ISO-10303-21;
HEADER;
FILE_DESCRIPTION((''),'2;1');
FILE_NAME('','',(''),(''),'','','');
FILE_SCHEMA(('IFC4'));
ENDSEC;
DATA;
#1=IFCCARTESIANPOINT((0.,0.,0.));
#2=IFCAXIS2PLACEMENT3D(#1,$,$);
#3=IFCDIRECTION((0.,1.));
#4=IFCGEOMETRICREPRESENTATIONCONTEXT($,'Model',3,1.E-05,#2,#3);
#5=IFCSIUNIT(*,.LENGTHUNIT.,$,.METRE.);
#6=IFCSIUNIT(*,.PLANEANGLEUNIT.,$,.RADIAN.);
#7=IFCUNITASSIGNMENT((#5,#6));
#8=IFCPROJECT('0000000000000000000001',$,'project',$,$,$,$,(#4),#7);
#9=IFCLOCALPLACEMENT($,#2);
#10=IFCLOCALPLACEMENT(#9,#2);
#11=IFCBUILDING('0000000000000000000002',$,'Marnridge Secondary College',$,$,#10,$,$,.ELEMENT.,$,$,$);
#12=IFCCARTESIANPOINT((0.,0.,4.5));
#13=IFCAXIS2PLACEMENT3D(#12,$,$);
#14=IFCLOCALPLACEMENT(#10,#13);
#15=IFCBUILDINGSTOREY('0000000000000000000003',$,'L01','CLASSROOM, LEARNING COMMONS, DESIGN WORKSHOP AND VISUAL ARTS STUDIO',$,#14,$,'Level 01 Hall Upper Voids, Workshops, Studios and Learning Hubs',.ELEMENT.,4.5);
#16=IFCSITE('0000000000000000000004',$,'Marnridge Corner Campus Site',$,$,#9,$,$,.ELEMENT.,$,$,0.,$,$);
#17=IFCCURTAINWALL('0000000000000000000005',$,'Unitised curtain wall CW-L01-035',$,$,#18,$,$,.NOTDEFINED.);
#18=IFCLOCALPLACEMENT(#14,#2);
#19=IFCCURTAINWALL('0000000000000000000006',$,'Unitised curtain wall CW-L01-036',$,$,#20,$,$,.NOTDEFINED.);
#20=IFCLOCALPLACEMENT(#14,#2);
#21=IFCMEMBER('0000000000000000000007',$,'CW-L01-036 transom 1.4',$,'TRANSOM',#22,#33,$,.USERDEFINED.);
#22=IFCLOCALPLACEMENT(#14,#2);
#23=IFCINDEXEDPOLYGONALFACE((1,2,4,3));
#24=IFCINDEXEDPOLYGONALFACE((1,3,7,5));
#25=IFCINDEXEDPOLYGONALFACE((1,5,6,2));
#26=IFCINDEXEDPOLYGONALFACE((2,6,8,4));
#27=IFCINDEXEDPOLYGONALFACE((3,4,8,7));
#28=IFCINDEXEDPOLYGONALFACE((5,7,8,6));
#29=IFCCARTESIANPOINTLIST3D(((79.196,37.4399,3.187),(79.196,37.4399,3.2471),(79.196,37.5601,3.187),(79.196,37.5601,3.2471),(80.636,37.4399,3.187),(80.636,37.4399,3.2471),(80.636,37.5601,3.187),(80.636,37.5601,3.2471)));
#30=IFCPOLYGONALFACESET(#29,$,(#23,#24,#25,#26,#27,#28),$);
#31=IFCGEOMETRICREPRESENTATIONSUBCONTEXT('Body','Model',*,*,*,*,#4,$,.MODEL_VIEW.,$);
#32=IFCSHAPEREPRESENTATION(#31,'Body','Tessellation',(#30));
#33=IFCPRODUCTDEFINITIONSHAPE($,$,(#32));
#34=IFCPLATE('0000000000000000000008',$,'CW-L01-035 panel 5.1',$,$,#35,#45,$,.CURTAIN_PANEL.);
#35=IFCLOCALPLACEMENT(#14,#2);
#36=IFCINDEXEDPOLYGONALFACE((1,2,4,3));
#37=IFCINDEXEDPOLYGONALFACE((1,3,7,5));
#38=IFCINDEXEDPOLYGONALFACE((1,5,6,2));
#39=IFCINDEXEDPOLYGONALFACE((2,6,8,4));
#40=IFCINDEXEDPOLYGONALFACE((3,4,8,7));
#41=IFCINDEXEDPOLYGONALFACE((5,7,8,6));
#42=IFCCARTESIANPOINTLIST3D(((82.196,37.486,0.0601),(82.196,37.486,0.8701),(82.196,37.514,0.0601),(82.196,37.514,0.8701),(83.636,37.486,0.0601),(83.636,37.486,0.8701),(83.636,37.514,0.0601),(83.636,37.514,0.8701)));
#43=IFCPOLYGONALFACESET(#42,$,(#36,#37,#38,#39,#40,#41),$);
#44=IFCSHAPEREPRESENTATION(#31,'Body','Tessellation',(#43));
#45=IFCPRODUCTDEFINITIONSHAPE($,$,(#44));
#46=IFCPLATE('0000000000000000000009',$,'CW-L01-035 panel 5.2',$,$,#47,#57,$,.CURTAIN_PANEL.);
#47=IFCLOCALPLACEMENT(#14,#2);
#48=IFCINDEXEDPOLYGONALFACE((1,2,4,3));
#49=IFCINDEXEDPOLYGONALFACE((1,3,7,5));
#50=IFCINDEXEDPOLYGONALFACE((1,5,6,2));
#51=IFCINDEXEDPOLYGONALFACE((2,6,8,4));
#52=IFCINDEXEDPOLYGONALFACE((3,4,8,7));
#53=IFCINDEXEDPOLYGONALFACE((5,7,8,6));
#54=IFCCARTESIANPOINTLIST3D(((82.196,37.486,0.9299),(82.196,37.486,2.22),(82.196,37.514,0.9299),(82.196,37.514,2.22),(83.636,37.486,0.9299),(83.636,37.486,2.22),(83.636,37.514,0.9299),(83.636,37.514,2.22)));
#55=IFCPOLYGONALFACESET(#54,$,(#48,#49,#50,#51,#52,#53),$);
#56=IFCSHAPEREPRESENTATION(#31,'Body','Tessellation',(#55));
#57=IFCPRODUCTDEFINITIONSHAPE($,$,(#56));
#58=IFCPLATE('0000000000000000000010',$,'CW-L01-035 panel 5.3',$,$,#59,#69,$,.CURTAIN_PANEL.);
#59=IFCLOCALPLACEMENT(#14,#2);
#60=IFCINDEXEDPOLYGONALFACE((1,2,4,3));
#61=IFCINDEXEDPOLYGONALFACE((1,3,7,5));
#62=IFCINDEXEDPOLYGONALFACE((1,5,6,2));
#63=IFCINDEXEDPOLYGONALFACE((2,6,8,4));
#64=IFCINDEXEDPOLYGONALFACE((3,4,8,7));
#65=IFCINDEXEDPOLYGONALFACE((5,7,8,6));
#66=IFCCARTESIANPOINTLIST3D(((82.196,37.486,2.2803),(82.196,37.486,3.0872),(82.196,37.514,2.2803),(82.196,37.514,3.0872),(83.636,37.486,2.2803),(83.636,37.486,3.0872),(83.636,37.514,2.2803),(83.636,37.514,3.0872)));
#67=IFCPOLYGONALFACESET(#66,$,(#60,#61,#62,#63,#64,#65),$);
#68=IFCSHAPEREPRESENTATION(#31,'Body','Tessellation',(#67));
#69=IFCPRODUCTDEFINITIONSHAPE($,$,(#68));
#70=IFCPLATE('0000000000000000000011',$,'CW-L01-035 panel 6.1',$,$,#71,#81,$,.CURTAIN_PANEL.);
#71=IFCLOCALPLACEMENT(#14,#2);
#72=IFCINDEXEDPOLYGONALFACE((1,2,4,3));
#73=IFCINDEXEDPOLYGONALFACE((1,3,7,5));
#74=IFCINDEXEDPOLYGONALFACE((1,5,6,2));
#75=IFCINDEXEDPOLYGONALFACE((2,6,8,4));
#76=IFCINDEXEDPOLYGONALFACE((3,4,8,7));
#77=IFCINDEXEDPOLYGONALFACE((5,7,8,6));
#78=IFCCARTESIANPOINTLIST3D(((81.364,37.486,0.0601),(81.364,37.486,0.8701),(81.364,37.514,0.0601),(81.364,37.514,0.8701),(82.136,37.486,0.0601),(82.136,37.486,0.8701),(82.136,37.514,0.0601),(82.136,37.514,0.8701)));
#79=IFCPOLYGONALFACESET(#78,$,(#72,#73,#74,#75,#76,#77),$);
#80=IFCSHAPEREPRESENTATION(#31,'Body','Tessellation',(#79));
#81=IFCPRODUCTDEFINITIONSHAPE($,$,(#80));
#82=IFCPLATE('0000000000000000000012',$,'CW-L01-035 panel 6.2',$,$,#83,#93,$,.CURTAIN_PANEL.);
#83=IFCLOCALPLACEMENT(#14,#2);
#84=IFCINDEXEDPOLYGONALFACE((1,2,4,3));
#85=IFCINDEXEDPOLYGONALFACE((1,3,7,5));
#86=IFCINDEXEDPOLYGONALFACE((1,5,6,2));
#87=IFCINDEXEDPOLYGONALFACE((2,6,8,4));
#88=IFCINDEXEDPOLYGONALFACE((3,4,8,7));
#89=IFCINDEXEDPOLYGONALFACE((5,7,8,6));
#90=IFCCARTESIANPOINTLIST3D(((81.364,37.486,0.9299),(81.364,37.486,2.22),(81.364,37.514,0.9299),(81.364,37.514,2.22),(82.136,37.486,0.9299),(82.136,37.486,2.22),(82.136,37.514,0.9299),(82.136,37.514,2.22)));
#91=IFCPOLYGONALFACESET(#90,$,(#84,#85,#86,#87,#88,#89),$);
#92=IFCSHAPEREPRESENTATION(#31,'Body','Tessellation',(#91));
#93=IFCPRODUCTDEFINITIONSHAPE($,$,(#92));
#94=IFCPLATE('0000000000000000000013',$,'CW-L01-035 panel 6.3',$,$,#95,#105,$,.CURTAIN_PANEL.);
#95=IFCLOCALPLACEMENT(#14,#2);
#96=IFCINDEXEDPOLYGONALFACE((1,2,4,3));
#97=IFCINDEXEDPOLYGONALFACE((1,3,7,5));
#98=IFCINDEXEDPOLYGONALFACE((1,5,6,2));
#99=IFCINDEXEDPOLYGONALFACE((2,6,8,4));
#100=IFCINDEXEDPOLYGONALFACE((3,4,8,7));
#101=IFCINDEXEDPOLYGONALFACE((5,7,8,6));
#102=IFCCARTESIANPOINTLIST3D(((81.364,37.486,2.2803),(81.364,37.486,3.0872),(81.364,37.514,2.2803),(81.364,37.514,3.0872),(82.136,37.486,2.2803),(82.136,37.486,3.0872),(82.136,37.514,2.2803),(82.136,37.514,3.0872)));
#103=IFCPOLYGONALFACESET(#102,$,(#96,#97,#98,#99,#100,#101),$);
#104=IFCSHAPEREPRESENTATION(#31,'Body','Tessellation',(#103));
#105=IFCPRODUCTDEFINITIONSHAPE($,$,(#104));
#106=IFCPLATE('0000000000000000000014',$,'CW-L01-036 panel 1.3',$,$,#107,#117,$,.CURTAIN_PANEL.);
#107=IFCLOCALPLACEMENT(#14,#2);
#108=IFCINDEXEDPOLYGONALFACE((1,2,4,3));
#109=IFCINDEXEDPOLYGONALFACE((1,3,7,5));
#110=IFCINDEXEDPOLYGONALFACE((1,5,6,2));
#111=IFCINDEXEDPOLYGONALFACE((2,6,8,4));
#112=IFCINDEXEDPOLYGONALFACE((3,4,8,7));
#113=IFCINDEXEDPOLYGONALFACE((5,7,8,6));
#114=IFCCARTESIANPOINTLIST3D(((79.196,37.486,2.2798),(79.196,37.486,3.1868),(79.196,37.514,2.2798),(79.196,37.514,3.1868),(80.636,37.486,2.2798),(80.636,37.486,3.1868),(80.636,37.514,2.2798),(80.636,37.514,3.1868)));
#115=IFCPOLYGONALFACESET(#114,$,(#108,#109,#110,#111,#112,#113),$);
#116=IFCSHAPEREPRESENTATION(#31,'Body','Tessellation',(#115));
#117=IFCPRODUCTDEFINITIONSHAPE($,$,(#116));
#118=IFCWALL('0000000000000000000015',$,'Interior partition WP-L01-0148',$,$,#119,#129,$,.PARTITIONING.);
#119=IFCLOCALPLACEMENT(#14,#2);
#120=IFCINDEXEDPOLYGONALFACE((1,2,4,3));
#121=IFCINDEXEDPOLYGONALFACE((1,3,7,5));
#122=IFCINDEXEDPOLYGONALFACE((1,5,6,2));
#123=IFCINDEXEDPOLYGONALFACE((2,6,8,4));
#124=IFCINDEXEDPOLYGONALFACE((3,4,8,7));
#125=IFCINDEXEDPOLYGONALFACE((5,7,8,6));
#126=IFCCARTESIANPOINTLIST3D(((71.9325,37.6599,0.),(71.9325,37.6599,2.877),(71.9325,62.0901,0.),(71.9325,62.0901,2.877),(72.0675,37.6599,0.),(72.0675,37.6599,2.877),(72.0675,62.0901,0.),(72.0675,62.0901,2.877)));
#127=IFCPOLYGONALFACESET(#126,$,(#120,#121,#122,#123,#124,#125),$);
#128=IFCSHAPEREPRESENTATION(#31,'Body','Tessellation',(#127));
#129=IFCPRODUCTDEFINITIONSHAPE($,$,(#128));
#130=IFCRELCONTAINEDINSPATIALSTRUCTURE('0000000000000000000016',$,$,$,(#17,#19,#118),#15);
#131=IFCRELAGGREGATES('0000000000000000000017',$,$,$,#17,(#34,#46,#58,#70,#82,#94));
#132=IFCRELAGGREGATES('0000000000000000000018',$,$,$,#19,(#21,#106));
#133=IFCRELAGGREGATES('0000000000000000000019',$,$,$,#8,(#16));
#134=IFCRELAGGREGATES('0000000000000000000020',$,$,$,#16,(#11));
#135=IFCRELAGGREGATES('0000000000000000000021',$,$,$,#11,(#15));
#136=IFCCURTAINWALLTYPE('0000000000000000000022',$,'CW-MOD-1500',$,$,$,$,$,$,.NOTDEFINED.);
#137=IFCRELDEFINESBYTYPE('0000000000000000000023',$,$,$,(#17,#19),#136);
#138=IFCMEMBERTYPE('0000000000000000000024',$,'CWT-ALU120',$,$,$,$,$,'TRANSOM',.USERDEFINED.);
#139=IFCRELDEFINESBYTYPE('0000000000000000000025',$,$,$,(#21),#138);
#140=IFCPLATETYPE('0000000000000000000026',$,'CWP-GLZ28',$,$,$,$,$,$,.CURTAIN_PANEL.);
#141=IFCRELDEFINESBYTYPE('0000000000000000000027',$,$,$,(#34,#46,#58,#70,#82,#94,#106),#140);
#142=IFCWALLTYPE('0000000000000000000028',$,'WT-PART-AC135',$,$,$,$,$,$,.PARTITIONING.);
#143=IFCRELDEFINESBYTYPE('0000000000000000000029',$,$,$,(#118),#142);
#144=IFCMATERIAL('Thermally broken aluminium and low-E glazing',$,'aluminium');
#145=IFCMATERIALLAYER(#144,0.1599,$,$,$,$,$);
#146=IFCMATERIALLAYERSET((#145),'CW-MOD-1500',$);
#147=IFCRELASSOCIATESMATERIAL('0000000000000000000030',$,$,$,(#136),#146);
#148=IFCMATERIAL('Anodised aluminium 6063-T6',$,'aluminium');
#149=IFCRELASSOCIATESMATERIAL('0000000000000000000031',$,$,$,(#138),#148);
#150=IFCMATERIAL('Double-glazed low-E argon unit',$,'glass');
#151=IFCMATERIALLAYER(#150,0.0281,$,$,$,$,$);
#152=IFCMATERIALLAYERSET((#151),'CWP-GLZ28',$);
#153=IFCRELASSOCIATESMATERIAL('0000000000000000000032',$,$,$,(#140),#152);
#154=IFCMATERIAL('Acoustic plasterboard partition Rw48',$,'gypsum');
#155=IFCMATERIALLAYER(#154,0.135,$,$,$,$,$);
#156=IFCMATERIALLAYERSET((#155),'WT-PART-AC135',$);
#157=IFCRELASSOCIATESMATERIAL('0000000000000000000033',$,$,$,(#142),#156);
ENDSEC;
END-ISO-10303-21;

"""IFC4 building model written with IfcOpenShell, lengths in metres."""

from ifc_helpers import new_model, si_unit, direction, frame, frame_2d, origin, origin_2d, place, context, subcontext, project, spatial, rectangle, extrude, material, layer, layer_set, material_profile, profile_set, type_object, element, aggregate, save


model = new_model("IFC4")

# Units and contexts
model_context = context("Model", 3, precision=1e-05, world=origin(), true_north=direction((0.0, 1.0)))
body_context = subcontext(model_context, "Body", "Model", "MODEL_VIEW")
ifc_project = project(units=[si_unit("LENGTHUNIT", "METRE"), si_unit("PLANEANGLEUNIT", "RADIAN")], contexts=[model_context])

# Site, building, storey
site_placement = place(None, origin())
site = spatial("IfcSite", under=ifc_project, at=site_placement, Name="Marnridge Corner Campus Site", CompositionType="ELEMENT", RefElevation=0.0)
building_placement = place(site_placement, origin())
building = spatial("IfcBuilding", under=site, at=building_placement, Name="Marnridge Secondary College", CompositionType="ELEMENT")
storey_placement = place(building_placement, frame((0.0, 0.0, 4.5)))
storey = spatial("IfcBuildingStorey", under=building, at=storey_placement, Name="L01", Description="CLASSROOM, LEARNING COMMONS, DESIGN WORKSHOP AND VISUAL ARTS STUDIO", LongName="Level 01 Hall Upper Voids, Workshops, Studios and Learning Hubs", CompositionType="ELEMENT", Elevation=4.5)

# Curtain wall
ifc_material_1 = material(Name="Thermally broken aluminium and low-E glazing", Category="aluminium")
ifc_layer_1 = layer(ifc_material_1, 0.1599)
ifc_layer_set_1 = layer_set([ifc_layer_1], Name="CW-MOD-1500")
curtain_wall_type = type_object("IfcCurtainWallType", Name="CW-MOD-1500", PredefinedType="NOTDEFINED", material=ifc_layer_set_1)
curtain_wall_1_placement = place(storey_placement, origin())
curtain_wall_1 = element("IfcCurtainWall", 1, at=curtain_wall_1_placement, inside=storey, type_object=curtain_wall_type, Name="Unitised curtain wall CW-L01-035", PredefinedType="NOTDEFINED")

# Curtain wall
curtain_wall_2_placement = place(storey_placement, origin())
curtain_wall_2 = element("IfcCurtainWall", 2, at=curtain_wall_2_placement, inside=storey, type_object=curtain_wall_type, Name="Unitised curtain wall CW-L01-036", PredefinedType="NOTDEFINED")

# Member
ifc_material_2 = material(Name="Anodised aluminium 6063-T6", Category="aluminium")
ifc_material_profile_1 = material_profile(ifc_material_2, rectangle(XDim=0.0601, YDim=0.1201, at=origin_2d()), Name="ALU 60x120")
ifc_profile_set_1 = profile_set([ifc_material_profile_1], Name="Anodised aluminium 6063-T6")
member_type_1 = type_object("IfcMemberType", Name="CWT-ALU120", ElementType="TRANSOM", PredefinedType="USERDEFINED", material=ifc_profile_set_1)
member_1_placement = place(storey_placement, frame((80.636, 37.5, 3.217), z_axis=(-1.0, 0.0, 0.0), x_axis=(0.0, 0.0, 1.0)))
member_1 = element("IfcMember", 3, at=member_1_placement, type_object=member_type_1, Name="CW-L01-036 transom 1.4", ObjectType="TRANSOM", PredefinedType="USERDEFINED", context=body_context, shape_type="SweptSolid", body=[
    extrude(rectangle(XDim=0.0601, YDim=0.1201, at=origin_2d()), origin(), (0.0, 0.0, 1.0), 1.4399),
])

# Plates
ifc_material_3 = material(Name="Double-glazed low-E argon unit", Category="glass")
ifc_layer_2 = layer(ifc_material_3, 0.0281)
ifc_layer_set_2 = layer_set([ifc_layer_2], Name="CWP-GLZ28")
plate_type = type_object("IfcPlateType", Name="CWP-GLZ28", PredefinedType="CURTAIN_PANEL", material=ifc_layer_set_2)
plate_1_placement = place(storey_placement, frame((82.916, 37.5, 0.0601), z_axis=(0.0, 0.0, 1.0), x_axis=(-1.0, 0.0, 0.0)))
plate_1 = element("IfcPlate", 4, at=plate_1_placement, type_object=plate_type, Name="CW-L01-035 panel 5.1", PredefinedType="CURTAIN_PANEL", context=body_context, shape_type="SweptSolid", body=[
    extrude(rectangle(XDim=1.4399, YDim=0.0281, at=origin_2d()), origin(), (0.0, 0.0, 1.0), 0.8101),
])
plate_2_placement = place(storey_placement, frame((82.916, 37.5, 0.9299), z_axis=(0.0, 0.0, 1.0), x_axis=(-1.0, 0.0, 0.0)))
plate_2 = element("IfcPlate", 5, at=plate_2_placement, type_object=plate_type, Name="CW-L01-035 panel 5.2", PredefinedType="CURTAIN_PANEL", context=body_context, shape_type="SweptSolid", body=[
    extrude(rectangle(XDim=1.4399, YDim=0.0281, at=origin_2d()), origin(), (0.0, 0.0, 1.0), 1.29),
])
plate_3_placement = place(storey_placement, frame((82.916, 37.5, 2.2803), z_axis=(0.0, 0.0, 1.0), x_axis=(-1.0, 0.0, 0.0)))
plate_3 = element("IfcPlate", 6, at=plate_3_placement, type_object=plate_type, Name="CW-L01-035 panel 5.3", PredefinedType="CURTAIN_PANEL", context=body_context, shape_type="SweptSolid", body=[
    extrude(rectangle(XDim=1.4399, YDim=0.0281, at=origin_2d()), origin(), (0.0, 0.0, 1.0), 0.8069),
])
plate_4_placement = place(storey_placement, frame((81.75, 37.5, 0.0601), z_axis=(0.0, 0.0, 1.0), x_axis=(-1.0, 0.0, 0.0)))
plate_4 = element("IfcPlate", 7, at=plate_4_placement, type_object=plate_type, Name="CW-L01-035 panel 6.1", PredefinedType="CURTAIN_PANEL", context=body_context, shape_type="SweptSolid", body=[
    extrude(rectangle(XDim=0.772, YDim=0.0281, at=origin_2d()), origin(), (0.0, 0.0, 1.0), 0.8101),
])
plate_5_placement = place(storey_placement, frame((81.75, 37.5, 0.9299), z_axis=(0.0, 0.0, 1.0), x_axis=(-1.0, 0.0, 0.0)))
plate_5 = element("IfcPlate", 8, at=plate_5_placement, type_object=plate_type, Name="CW-L01-035 panel 6.2", PredefinedType="CURTAIN_PANEL", context=body_context, shape_type="SweptSolid", body=[
    extrude(rectangle(XDim=0.772, YDim=0.0281, at=origin_2d()), origin(), (0.0, 0.0, 1.0), 1.29),
])
plate_6_placement = place(storey_placement, frame((81.75, 37.5, 2.2803), z_axis=(0.0, 0.0, 1.0), x_axis=(-1.0, 0.0, 0.0)))
plate_6 = element("IfcPlate", 9, at=plate_6_placement, type_object=plate_type, Name="CW-L01-035 panel 6.3", PredefinedType="CURTAIN_PANEL", context=body_context, shape_type="SweptSolid", body=[
    extrude(rectangle(XDim=0.772, YDim=0.0281, at=origin_2d()), origin(), (0.0, 0.0, 1.0), 0.8069),
])
aggregate(curtain_wall_1, [plate_1, plate_2, plate_3, plate_4, plate_5, plate_6])
plate_7_placement = place(storey_placement, frame((79.916, 37.5, 2.2798), z_axis=(0.0, 0.0, 1.0), x_axis=(-1.0, 0.0, 0.0)))
plate_7 = element("IfcPlate", 10, at=plate_7_placement, type_object=plate_type, Name="CW-L01-036 panel 1.3", PredefinedType="CURTAIN_PANEL", context=body_context, shape_type="SweptSolid", body=[
    extrude(rectangle(XDim=1.4399, YDim=0.0281, at=origin_2d()), origin(), (0.0, 0.0, 1.0), 0.907),
])
aggregate(curtain_wall_2, [member_1, plate_7])

# Wall
ifc_material_4 = material(Name="Acoustic plasterboard partition Rw48", Category="gypsum")
ifc_layer_3 = layer(ifc_material_4, 0.135)
ifc_layer_set_3 = layer_set([ifc_layer_3], Name="WT-PART-AC135")
wall_type = type_object("IfcWallType", Name="WT-PART-AC135", PredefinedType="PARTITIONING", material=ifc_layer_set_3)
wall_placement = place(storey_placement, frame((72.0, 37.6599, 0.0), z_axis=(0.0, 0.0, 1.0), x_axis=(0.0, 1.0, 0.0)))
element("IfcWall", 11, at=wall_placement, inside=storey, type_object=wall_type, Name="Interior partition WP-L01-0148", PredefinedType="PARTITIONING", context=body_context, shape_type="SweptSolid", body=[
    extrude(rectangle(XDim=24.4302, YDim=0.135, at=frame_2d((12.2151, 0.0))), origin(), (0.0, 0.0, 1.0), 2.877),
])

save(model, "model.ifc")
